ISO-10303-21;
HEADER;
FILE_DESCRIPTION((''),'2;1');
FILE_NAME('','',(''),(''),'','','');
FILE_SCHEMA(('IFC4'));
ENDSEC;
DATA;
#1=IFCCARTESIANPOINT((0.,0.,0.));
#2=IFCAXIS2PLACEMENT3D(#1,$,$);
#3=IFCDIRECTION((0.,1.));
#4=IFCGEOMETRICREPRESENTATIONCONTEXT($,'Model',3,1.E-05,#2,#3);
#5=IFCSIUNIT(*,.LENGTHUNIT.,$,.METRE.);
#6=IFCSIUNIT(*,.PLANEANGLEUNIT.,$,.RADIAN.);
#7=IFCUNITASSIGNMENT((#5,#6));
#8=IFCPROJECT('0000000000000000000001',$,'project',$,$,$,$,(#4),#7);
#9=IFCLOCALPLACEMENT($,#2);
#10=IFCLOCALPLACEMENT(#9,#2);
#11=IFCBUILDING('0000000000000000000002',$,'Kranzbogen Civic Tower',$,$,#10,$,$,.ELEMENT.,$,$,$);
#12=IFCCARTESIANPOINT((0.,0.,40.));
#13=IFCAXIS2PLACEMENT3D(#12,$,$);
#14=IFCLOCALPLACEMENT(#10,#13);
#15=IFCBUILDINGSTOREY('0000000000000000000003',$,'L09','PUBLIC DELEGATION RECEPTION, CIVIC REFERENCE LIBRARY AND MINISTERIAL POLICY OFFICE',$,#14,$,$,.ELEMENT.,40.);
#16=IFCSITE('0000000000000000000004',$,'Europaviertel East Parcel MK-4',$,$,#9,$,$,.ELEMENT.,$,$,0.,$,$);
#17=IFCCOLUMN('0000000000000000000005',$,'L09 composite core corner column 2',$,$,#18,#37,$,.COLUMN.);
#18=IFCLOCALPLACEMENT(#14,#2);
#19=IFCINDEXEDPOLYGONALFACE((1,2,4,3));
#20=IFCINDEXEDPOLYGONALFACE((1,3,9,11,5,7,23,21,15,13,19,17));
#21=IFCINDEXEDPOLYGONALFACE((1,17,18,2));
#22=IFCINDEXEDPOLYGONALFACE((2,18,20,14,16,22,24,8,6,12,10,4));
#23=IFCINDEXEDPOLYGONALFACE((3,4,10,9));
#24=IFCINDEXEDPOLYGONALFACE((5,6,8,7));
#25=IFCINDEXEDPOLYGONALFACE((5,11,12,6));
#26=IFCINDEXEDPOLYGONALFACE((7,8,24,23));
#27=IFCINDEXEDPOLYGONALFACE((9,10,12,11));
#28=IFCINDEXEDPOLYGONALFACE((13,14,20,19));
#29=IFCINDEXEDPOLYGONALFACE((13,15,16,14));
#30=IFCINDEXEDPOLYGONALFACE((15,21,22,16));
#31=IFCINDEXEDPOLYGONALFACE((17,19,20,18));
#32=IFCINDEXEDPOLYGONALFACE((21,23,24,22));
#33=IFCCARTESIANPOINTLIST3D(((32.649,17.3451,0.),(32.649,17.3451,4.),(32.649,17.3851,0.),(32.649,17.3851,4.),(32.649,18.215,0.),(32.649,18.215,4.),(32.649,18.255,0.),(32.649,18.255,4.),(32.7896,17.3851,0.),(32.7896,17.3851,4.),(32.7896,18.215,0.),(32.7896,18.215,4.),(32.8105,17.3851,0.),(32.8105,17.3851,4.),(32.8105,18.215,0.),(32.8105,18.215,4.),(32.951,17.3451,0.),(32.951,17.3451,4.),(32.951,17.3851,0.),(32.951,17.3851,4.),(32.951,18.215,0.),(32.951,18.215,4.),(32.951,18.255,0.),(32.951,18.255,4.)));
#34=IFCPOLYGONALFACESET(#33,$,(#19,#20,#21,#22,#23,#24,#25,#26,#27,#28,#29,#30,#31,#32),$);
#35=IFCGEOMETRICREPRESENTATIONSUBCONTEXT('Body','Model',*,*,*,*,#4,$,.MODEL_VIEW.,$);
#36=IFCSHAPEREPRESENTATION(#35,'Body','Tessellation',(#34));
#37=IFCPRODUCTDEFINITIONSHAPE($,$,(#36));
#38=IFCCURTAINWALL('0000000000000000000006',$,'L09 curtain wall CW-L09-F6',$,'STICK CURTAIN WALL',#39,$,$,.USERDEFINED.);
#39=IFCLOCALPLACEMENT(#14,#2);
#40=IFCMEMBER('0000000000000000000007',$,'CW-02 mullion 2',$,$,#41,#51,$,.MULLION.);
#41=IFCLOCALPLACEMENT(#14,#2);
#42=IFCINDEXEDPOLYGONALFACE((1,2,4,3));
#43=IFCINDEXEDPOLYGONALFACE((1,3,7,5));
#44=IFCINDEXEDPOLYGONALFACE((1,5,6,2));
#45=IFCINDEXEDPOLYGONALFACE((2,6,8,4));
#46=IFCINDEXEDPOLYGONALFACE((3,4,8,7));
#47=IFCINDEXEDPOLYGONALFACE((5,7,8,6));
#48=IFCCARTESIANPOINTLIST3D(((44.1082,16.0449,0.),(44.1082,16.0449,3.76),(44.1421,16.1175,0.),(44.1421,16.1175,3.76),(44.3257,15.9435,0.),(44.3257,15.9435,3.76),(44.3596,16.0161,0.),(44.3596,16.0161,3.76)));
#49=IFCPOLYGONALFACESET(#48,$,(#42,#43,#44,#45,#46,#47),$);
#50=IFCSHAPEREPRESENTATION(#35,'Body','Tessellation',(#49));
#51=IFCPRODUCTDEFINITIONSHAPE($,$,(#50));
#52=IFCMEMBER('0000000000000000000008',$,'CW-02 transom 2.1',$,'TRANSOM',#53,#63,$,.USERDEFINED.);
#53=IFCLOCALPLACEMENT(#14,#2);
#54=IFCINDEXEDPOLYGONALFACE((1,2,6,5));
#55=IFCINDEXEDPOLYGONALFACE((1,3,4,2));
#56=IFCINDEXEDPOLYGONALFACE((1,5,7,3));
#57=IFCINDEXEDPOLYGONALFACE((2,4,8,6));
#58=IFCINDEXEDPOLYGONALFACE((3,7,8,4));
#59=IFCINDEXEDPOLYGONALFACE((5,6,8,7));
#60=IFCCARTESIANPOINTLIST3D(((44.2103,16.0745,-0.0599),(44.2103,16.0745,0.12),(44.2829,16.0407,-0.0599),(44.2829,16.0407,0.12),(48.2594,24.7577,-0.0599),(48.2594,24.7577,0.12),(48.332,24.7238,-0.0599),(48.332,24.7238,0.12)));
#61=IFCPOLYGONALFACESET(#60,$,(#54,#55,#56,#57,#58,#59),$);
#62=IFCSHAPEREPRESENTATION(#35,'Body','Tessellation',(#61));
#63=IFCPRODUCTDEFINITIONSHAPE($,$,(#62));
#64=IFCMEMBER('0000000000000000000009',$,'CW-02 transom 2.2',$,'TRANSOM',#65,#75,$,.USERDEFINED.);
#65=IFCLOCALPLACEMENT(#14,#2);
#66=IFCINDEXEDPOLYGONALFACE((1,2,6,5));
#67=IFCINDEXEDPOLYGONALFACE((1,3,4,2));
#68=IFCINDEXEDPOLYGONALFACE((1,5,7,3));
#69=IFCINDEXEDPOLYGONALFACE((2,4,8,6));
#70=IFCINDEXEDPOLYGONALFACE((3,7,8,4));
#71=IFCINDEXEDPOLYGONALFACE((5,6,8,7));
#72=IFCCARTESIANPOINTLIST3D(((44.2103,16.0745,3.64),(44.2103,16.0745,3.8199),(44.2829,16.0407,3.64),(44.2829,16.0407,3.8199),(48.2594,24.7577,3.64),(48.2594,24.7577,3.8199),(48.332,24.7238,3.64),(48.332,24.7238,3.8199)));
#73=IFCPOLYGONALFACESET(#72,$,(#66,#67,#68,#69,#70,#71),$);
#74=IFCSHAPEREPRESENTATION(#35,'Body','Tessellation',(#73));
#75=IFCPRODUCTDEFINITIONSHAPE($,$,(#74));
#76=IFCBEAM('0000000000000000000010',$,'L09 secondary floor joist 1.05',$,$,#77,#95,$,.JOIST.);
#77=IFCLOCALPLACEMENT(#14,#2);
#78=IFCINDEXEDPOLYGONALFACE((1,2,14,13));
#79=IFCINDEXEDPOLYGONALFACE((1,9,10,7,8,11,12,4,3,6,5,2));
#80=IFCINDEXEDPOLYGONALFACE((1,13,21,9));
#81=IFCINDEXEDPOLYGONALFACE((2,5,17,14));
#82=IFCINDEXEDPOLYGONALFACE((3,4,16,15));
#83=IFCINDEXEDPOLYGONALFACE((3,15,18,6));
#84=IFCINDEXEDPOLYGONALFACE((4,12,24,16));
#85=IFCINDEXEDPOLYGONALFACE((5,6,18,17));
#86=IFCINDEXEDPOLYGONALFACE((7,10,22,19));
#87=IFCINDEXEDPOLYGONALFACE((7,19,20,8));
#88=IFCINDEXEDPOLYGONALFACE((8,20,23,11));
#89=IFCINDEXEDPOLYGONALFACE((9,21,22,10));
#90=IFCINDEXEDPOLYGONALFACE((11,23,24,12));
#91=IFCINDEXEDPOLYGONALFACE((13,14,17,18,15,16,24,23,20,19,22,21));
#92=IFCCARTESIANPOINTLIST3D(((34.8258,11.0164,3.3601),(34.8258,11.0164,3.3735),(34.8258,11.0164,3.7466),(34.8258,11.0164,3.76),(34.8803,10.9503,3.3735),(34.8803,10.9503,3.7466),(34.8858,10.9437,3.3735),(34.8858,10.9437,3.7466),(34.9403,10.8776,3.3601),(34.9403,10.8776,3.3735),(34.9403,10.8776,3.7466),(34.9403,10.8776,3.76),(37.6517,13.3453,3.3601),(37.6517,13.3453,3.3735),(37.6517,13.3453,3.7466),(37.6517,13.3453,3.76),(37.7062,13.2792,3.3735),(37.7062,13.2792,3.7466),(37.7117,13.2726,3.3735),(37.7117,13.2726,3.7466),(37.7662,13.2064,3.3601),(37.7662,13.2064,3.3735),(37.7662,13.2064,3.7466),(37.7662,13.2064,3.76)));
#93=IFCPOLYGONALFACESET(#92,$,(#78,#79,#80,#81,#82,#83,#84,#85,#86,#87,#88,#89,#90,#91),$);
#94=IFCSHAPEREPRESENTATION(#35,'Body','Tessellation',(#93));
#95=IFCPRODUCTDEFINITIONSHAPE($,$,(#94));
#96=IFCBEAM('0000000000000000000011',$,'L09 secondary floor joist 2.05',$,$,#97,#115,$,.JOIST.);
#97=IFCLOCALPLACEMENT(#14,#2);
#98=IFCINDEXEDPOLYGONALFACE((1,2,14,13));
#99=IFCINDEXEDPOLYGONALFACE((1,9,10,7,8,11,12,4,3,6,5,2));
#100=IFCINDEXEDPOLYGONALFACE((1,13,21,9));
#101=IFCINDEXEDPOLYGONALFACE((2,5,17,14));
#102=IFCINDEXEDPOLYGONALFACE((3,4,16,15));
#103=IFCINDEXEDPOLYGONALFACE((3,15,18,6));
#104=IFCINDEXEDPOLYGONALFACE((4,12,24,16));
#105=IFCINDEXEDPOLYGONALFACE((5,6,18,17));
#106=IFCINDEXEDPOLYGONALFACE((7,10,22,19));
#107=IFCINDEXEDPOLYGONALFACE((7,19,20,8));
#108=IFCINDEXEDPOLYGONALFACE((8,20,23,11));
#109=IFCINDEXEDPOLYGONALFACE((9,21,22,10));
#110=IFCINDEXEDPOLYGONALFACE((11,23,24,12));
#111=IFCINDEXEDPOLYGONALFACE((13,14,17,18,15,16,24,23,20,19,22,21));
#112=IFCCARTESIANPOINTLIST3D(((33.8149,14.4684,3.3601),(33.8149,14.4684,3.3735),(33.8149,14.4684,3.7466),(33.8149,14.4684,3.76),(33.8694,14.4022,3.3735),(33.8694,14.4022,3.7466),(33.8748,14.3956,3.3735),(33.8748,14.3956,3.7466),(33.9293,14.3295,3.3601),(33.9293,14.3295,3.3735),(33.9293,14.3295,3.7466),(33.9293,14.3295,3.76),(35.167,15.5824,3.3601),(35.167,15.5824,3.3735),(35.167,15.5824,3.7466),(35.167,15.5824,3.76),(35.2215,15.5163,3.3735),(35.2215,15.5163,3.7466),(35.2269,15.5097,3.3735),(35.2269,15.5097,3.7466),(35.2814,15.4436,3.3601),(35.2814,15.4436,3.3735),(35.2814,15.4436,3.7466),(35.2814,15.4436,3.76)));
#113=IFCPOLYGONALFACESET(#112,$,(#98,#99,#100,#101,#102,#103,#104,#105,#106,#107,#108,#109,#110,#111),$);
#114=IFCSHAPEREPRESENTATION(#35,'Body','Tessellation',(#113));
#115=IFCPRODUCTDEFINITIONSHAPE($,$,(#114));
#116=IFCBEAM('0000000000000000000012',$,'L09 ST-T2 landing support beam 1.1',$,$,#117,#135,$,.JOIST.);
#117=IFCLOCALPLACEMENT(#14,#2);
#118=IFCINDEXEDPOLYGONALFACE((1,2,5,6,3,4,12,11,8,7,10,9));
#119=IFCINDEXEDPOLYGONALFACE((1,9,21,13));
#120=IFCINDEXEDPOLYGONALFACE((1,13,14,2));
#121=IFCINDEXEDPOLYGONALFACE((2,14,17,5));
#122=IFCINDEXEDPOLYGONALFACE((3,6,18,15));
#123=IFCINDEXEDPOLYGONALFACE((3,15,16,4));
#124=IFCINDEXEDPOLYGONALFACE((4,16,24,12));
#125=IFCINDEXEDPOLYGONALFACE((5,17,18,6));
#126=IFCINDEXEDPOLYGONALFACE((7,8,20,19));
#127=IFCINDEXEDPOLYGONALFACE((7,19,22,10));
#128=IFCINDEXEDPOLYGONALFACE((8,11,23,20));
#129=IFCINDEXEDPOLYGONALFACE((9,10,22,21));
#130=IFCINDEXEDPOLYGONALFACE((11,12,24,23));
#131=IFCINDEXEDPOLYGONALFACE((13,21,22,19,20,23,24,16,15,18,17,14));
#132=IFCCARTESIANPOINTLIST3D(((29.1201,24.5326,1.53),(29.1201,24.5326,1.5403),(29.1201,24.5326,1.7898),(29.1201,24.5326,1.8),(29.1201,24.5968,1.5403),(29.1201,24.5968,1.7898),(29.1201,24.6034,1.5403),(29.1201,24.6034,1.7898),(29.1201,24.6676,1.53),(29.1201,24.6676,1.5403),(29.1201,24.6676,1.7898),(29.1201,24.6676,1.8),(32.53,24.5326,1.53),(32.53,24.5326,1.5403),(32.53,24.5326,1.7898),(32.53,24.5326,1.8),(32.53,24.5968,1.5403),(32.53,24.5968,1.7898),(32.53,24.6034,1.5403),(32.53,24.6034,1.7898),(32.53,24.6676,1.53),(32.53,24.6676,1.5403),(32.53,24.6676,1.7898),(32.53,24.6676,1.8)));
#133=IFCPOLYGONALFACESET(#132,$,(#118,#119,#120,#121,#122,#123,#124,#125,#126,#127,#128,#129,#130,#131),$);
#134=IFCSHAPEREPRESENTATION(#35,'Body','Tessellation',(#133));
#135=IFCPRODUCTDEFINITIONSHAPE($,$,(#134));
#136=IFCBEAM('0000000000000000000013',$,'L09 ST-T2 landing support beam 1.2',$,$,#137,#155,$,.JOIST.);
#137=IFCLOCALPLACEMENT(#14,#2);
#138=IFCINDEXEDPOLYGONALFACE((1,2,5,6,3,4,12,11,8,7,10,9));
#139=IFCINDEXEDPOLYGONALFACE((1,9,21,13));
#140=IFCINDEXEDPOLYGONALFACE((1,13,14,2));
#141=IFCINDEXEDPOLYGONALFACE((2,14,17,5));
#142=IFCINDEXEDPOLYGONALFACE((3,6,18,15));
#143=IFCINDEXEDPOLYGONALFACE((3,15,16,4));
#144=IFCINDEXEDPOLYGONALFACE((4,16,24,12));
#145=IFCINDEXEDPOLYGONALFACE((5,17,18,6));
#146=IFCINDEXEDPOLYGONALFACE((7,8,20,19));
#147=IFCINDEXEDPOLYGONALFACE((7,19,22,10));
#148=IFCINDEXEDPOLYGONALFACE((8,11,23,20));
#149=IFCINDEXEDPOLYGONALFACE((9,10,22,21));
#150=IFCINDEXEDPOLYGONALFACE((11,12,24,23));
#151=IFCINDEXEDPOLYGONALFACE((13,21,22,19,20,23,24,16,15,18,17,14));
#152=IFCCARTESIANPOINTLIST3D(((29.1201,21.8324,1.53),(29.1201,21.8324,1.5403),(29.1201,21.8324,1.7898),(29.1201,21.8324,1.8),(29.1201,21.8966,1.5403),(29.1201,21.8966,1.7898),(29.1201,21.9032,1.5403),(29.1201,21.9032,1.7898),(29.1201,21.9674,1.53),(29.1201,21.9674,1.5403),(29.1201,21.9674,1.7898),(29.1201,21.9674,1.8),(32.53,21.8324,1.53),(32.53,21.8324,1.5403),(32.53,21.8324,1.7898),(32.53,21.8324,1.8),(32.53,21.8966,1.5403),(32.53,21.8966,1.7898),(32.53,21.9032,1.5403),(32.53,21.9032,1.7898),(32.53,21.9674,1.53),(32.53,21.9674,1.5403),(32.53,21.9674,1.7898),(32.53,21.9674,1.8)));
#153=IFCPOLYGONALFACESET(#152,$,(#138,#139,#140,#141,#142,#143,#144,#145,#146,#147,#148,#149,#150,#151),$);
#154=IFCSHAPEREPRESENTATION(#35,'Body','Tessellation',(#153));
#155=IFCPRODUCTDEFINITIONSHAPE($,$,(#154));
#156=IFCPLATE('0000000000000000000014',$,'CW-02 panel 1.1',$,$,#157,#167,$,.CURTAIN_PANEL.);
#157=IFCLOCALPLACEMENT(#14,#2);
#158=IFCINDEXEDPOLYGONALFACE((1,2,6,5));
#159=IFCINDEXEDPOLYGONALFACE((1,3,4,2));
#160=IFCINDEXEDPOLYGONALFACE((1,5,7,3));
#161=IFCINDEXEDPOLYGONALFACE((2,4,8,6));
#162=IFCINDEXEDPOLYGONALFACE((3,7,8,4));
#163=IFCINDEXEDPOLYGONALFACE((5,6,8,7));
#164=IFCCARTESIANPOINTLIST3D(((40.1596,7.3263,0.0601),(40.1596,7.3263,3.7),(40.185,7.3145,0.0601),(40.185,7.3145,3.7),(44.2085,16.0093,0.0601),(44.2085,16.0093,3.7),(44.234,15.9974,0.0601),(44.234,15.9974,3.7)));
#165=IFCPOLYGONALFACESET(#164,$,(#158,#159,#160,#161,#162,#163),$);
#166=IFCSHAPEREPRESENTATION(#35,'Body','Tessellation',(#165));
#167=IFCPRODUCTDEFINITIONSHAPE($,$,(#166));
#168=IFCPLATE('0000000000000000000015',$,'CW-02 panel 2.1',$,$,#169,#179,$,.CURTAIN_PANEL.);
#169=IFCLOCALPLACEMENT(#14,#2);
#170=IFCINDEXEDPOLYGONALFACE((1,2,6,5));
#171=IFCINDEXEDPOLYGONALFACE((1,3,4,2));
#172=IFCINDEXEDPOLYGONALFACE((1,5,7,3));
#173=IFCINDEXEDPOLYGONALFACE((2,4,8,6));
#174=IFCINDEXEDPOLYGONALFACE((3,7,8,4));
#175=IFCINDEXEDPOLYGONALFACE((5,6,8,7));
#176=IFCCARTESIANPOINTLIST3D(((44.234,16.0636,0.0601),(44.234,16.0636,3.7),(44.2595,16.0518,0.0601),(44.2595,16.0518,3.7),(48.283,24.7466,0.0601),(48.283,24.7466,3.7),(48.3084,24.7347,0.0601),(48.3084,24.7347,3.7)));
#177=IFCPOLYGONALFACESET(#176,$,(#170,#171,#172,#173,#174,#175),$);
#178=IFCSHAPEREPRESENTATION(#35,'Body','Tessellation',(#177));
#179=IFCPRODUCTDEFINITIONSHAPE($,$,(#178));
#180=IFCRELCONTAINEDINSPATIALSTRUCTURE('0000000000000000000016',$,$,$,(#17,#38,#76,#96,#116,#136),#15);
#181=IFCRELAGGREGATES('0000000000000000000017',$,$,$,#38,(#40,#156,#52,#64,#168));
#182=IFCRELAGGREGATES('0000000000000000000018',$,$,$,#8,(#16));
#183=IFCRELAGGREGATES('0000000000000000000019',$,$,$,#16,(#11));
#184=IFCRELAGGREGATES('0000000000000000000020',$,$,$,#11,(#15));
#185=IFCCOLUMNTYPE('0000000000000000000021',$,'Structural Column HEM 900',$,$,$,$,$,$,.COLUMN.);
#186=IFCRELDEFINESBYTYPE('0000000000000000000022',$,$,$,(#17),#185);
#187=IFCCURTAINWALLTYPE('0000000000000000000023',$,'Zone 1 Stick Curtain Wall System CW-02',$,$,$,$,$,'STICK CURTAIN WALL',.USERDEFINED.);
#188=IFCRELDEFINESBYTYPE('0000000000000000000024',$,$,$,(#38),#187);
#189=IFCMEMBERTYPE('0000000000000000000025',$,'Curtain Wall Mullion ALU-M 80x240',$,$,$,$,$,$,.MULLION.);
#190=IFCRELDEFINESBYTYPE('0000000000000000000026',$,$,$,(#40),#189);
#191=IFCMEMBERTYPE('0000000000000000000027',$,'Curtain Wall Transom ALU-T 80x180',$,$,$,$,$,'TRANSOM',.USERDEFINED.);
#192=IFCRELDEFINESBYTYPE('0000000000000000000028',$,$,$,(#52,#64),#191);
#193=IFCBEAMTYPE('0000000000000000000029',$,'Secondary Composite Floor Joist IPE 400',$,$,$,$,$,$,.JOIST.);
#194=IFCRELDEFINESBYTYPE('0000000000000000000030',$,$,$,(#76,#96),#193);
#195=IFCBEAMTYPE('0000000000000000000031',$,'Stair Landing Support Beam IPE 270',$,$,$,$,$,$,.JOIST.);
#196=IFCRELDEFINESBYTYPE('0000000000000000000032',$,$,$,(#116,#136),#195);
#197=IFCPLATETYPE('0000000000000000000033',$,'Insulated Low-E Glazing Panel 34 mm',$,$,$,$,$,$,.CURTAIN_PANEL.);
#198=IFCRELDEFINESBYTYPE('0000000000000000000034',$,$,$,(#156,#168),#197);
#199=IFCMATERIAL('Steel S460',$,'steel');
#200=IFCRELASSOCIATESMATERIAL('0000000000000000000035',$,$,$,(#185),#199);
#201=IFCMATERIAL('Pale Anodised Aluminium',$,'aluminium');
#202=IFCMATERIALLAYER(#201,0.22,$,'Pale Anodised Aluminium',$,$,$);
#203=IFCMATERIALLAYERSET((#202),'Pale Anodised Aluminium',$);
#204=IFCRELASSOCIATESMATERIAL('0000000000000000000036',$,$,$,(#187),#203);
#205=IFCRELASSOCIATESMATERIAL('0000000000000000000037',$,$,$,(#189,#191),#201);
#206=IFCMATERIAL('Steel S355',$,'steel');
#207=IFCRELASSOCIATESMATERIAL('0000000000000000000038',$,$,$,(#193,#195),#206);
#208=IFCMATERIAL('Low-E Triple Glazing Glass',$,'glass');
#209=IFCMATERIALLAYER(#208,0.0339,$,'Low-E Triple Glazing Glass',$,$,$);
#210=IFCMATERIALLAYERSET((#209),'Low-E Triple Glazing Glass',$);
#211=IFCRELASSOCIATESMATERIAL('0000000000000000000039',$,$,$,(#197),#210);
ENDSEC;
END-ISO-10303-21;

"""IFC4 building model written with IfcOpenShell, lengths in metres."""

from ifc_helpers import new_model, si_unit, direction, frame, origin, origin_2d, place, context, subcontext, project, spatial, rectangle, i_section, extrude, material, layer, layer_set, material_profile, profile_set, type_object, element, aggregate, save


model = new_model("IFC4")

# Units and contexts
model_context = context("Model", 3, precision=1e-05, world=origin(), true_north=direction((0.0, 1.0)))
body_context = subcontext(model_context, "Body", "Model", "MODEL_VIEW")
ifc_project = project(units=[si_unit("LENGTHUNIT", "METRE"), si_unit("PLANEANGLEUNIT", "RADIAN")], contexts=[model_context])

# Site, building, storey
site_placement = place(None, origin())
site = spatial("IfcSite", under=ifc_project, at=site_placement, Name="Europaviertel East Parcel MK-4", CompositionType="ELEMENT", RefElevation=0.0)
building_placement = place(site_placement, origin())
building = spatial("IfcBuilding", under=site, at=building_placement, Name="Kranzbogen Civic Tower", CompositionType="ELEMENT")
storey_placement = place(building_placement, frame((0.0, 0.0, 40.0)))
storey = spatial("IfcBuildingStorey", under=building, at=storey_placement, Name="L09", Description="PUBLIC DELEGATION RECEPTION, CIVIC REFERENCE LIBRARY AND MINISTERIAL POLICY OFFICE", CompositionType="ELEMENT", Elevation=40.0)

# Column
ifc_material_1 = material(Name="Steel S460", Category="steel")
ifc_material_profile_1 = material_profile(ifc_material_1, i_section(OverallWidth=0.302, OverallDepth=0.9099, WebThickness=0.021, FlangeThickness=0.04, at=origin_2d()), Name="HEM 900")
ifc_profile_set_1 = profile_set([ifc_material_profile_1], Name="Steel S460")
column_type = type_object("IfcColumnType", Name="Structural Column HEM 900", PredefinedType="COLUMN", material=ifc_profile_set_1)
column_placement = place(storey_placement, frame((32.8, 17.8, 0.0), z_axis=(0.0, 0.0, 1.0), x_axis=(1.0, 0.0, 0.0)))
element("IfcColumn", 1, at=column_placement, inside=storey, type_object=column_type, Name="L09 composite core corner column 2", PredefinedType="COLUMN", context=body_context, shape_type="SweptSolid", body=[
    extrude(i_section(OverallWidth=0.302, OverallDepth=0.9099, WebThickness=0.021, FlangeThickness=0.04, at=origin_2d()), origin(), (0.0, 0.0, 1.0), 4.0),
])

# Curtain wall, members
ifc_material_2 = material(Name="Pale Anodised Aluminium", Category="aluminium")
ifc_layer_1 = layer(ifc_material_2, 0.22, Name="Pale Anodised Aluminium")
ifc_layer_set_1 = layer_set([ifc_layer_1], Name="Pale Anodised Aluminium")
curtain_wall_type = type_object("IfcCurtainWallType", Name="Zone 1 Stick Curtain Wall System CW-02", ElementType="STICK CURTAIN WALL", PredefinedType="USERDEFINED", material=ifc_layer_set_1)
curtain_wall_placement = place(storey_placement, origin())
curtain_wall = element("IfcCurtainWall", 2, at=curtain_wall_placement, inside=storey, type_object=curtain_wall_type, Name="L09 curtain wall CW-L09-F6", ObjectType="STICK CURTAIN WALL", PredefinedType="USERDEFINED")
ifc_material_profile_2 = material_profile(ifc_material_2, rectangle(XDim=0.0801, YDim=0.24, at=origin_2d()), Name="ALU-M 80x240")
ifc_profile_set_2 = profile_set([ifc_material_profile_2], Name="Pale Anodised Aluminium")
member_type_1 = type_object("IfcMemberType", Name="Curtain Wall Mullion ALU-M 80x240", PredefinedType="MULLION", material=ifc_profile_set_2)
member_1_placement = place(storey_placement, frame((44.2339, 16.0305, 0.0), z_axis=(0.0, 0.0, 1.0), x_axis=(0.422622, 0.906306, 0.0)))
member_1 = element("IfcMember", 3, at=member_1_placement, type_object=member_type_1, Name="CW-02 mullion 2", PredefinedType="MULLION", context=body_context, shape_type="SweptSolid", body=[
    extrude(rectangle(XDim=0.0801, YDim=0.24, at=origin_2d()), origin(), (0.0, 0.0, 1.0), 3.76),
])
ifc_material_profile_3 = material_profile(ifc_material_2, rectangle(XDim=0.0801, YDim=0.1799, at=origin_2d()), Name="ALU-T 80x180")
ifc_profile_set_3 = profile_set([ifc_material_profile_3], Name="Pale Anodised Aluminium")
member_type_2 = type_object("IfcMemberType", Name="Curtain Wall Transom ALU-T 80x180", ElementType="TRANSOM", PredefinedType="USERDEFINED", material=ifc_profile_set_3)
member_2_placement = place(storey_placement, frame((44.2466, 16.0576, 0.03), z_axis=(0.422625, 0.906305, 0.0), x_axis=(-0.906305, 0.422625, 0.0)))
member_2 = element("IfcMember", 4, at=member_2_placement, type_object=member_type_2, Name="CW-02 transom 2.1", ObjectType="TRANSOM", PredefinedType="USERDEFINED", context=body_context, shape_type="SweptSolid", body=[
    extrude(rectangle(XDim=0.0801, YDim=0.1799, at=origin_2d()), origin(), (0.0, 0.0, 1.0), 9.5808),
])
member_3_placement = place(storey_placement, frame((44.2466, 16.0576, 3.73), z_axis=(0.422625, 0.906305, 0.0), x_axis=(-0.906305, 0.422625, 0.0)))
member_3 = element("IfcMember", 5, at=member_3_placement, type_object=member_type_2, Name="CW-02 transom 2.2", ObjectType="TRANSOM", PredefinedType="USERDEFINED", context=body_context, shape_type="SweptSolid", body=[
    extrude(rectangle(XDim=0.0801, YDim=0.1799, at=origin_2d()), origin(), (0.0, 0.0, 1.0), 9.5808),
])

# Beams
ifc_material_3 = material(Name="Steel S355", Category="steel")
ifc_material_profile_4 = material_profile(ifc_material_3, i_section(OverallWidth=0.1799, OverallDepth=0.3999, WebThickness=0.0085, FlangeThickness=0.0134, at=origin_2d()), Name="IPE 400")
ifc_profile_set_4 = profile_set([ifc_material_profile_4], Name="Steel S355")
beam_type_1 = type_object("IfcBeamType", Name="Secondary Composite Floor Joist IPE 400", PredefinedType="JOIST", material=ifc_profile_set_4)
beam_1_placement = place(storey_placement, frame((34.8831, 10.947, 3.5601), z_axis=(0.771713, 0.635971, 0.0), x_axis=(-0.635971, 0.771713, 0.0)))
element("IfcBeam", 6, at=beam_1_placement, inside=storey, type_object=beam_type_1, Name="L09 secondary floor joist 1.05", PredefinedType="JOIST", context=body_context, shape_type="SweptSolid", body=[
    extrude(i_section(OverallWidth=0.1799, OverallDepth=0.3999, WebThickness=0.0085, FlangeThickness=0.0134, at=origin_2d()), origin(), (0.0, 0.0, 1.0), 3.6619),
])
beam_2_placement = place(storey_placement, frame((33.8721, 14.3989, 3.5601), z_axis=(0.771773, 0.635898, 0.0), x_axis=(-0.635898, 0.771773, 0.0)))
element("IfcBeam", 7, at=beam_2_placement, inside=storey, type_object=beam_type_1, Name="L09 secondary floor joist 2.05", PredefinedType="JOIST", context=body_context, shape_type="SweptSolid", body=[
    extrude(i_section(OverallWidth=0.1799, OverallDepth=0.3999, WebThickness=0.0085, FlangeThickness=0.0134, at=origin_2d()), origin(), (0.0, 0.0, 1.0), 1.752),
])
ifc_material_profile_5 = material_profile(ifc_material_3, i_section(OverallWidth=0.135, OverallDepth=0.27, WebThickness=0.0066, FlangeThickness=0.0103, at=origin_2d()), Name="IPE 270")
ifc_profile_set_5 = profile_set([ifc_material_profile_5], Name="Steel S355")
beam_type_2 = type_object("IfcBeamType", Name="Stair Landing Support Beam IPE 270", PredefinedType="JOIST", material=ifc_profile_set_5)
for number, where, z_axis, x_axis, name in (
    (8, (29.1201, 24.6001, 1.665), (1.0, 0.0, 0.0), (0.0, 1.0, 0.0), "L09 ST-T2 landing support beam 1.1"),
    (9, (29.1201, 21.8999, 1.665), (1.0, 0.0, 0.0), (0.0, 1.0, 0.0), "L09 ST-T2 landing support beam 1.2"),
):
    element("IfcBeam", number, at=place(storey_placement, frame(where, z_axis=z_axis, x_axis=x_axis)), inside=storey, type_object=beam_type_2, Name=name, PredefinedType="JOIST", context=body_context, shape_type="SweptSolid", body=[
        extrude(i_section(OverallWidth=0.135, OverallDepth=0.27, WebThickness=0.0066, FlangeThickness=0.0103, at=origin_2d()), origin(), (0.0, 0.0, 1.0), 3.4099),
    ])

# Plates
ifc_material_4 = material(Name="Low-E Triple Glazing Glass", Category="glass")
ifc_layer_2 = layer(ifc_material_4, 0.0339, Name="Low-E Triple Glazing Glass")
ifc_layer_set_2 = layer_set([ifc_layer_2], Name="Low-E Triple Glazing Glass")
plate_type = type_object("IfcPlateType", Name="Insulated Low-E Glazing Panel 34 mm", PredefinedType="CURTAIN_PANEL", material=ifc_layer_set_2)
plate_1_placement = place(storey_placement, frame((42.1968, 11.6619, 0.0601), z_axis=(0.0, 0.0, 1.0), x_axis=(0.422622, 0.906306, 0.0)))
plate_1 = element("IfcPlate", 10, at=plate_1_placement, type_object=plate_type, Name="CW-02 panel 1.1", PredefinedType="CURTAIN_PANEL", context=body_context, shape_type="SweptSolid", body=[
    extrude(rectangle(XDim=9.5806, YDim=0.0281, at=origin_2d()), origin(), (0.0, 0.0, 1.0), 3.6399),
])
plate_2_placement = place(storey_placement, frame((46.2712, 20.3992, 0.0601), z_axis=(0.0, 0.0, 1.0), x_axis=(0.422622, 0.906306, 0.0)))
plate_2 = element("IfcPlate", 11, at=plate_2_placement, type_object=plate_type, Name="CW-02 panel 2.1", PredefinedType="CURTAIN_PANEL", context=body_context, shape_type="SweptSolid", body=[
    extrude(rectangle(XDim=9.5806, YDim=0.0281, at=origin_2d()), origin(), (0.0, 0.0, 1.0), 3.6399),
])
aggregate(curtain_wall, [member_1, plate_1, member_2, member_3, plate_2])

save(model, "model.ifc")
